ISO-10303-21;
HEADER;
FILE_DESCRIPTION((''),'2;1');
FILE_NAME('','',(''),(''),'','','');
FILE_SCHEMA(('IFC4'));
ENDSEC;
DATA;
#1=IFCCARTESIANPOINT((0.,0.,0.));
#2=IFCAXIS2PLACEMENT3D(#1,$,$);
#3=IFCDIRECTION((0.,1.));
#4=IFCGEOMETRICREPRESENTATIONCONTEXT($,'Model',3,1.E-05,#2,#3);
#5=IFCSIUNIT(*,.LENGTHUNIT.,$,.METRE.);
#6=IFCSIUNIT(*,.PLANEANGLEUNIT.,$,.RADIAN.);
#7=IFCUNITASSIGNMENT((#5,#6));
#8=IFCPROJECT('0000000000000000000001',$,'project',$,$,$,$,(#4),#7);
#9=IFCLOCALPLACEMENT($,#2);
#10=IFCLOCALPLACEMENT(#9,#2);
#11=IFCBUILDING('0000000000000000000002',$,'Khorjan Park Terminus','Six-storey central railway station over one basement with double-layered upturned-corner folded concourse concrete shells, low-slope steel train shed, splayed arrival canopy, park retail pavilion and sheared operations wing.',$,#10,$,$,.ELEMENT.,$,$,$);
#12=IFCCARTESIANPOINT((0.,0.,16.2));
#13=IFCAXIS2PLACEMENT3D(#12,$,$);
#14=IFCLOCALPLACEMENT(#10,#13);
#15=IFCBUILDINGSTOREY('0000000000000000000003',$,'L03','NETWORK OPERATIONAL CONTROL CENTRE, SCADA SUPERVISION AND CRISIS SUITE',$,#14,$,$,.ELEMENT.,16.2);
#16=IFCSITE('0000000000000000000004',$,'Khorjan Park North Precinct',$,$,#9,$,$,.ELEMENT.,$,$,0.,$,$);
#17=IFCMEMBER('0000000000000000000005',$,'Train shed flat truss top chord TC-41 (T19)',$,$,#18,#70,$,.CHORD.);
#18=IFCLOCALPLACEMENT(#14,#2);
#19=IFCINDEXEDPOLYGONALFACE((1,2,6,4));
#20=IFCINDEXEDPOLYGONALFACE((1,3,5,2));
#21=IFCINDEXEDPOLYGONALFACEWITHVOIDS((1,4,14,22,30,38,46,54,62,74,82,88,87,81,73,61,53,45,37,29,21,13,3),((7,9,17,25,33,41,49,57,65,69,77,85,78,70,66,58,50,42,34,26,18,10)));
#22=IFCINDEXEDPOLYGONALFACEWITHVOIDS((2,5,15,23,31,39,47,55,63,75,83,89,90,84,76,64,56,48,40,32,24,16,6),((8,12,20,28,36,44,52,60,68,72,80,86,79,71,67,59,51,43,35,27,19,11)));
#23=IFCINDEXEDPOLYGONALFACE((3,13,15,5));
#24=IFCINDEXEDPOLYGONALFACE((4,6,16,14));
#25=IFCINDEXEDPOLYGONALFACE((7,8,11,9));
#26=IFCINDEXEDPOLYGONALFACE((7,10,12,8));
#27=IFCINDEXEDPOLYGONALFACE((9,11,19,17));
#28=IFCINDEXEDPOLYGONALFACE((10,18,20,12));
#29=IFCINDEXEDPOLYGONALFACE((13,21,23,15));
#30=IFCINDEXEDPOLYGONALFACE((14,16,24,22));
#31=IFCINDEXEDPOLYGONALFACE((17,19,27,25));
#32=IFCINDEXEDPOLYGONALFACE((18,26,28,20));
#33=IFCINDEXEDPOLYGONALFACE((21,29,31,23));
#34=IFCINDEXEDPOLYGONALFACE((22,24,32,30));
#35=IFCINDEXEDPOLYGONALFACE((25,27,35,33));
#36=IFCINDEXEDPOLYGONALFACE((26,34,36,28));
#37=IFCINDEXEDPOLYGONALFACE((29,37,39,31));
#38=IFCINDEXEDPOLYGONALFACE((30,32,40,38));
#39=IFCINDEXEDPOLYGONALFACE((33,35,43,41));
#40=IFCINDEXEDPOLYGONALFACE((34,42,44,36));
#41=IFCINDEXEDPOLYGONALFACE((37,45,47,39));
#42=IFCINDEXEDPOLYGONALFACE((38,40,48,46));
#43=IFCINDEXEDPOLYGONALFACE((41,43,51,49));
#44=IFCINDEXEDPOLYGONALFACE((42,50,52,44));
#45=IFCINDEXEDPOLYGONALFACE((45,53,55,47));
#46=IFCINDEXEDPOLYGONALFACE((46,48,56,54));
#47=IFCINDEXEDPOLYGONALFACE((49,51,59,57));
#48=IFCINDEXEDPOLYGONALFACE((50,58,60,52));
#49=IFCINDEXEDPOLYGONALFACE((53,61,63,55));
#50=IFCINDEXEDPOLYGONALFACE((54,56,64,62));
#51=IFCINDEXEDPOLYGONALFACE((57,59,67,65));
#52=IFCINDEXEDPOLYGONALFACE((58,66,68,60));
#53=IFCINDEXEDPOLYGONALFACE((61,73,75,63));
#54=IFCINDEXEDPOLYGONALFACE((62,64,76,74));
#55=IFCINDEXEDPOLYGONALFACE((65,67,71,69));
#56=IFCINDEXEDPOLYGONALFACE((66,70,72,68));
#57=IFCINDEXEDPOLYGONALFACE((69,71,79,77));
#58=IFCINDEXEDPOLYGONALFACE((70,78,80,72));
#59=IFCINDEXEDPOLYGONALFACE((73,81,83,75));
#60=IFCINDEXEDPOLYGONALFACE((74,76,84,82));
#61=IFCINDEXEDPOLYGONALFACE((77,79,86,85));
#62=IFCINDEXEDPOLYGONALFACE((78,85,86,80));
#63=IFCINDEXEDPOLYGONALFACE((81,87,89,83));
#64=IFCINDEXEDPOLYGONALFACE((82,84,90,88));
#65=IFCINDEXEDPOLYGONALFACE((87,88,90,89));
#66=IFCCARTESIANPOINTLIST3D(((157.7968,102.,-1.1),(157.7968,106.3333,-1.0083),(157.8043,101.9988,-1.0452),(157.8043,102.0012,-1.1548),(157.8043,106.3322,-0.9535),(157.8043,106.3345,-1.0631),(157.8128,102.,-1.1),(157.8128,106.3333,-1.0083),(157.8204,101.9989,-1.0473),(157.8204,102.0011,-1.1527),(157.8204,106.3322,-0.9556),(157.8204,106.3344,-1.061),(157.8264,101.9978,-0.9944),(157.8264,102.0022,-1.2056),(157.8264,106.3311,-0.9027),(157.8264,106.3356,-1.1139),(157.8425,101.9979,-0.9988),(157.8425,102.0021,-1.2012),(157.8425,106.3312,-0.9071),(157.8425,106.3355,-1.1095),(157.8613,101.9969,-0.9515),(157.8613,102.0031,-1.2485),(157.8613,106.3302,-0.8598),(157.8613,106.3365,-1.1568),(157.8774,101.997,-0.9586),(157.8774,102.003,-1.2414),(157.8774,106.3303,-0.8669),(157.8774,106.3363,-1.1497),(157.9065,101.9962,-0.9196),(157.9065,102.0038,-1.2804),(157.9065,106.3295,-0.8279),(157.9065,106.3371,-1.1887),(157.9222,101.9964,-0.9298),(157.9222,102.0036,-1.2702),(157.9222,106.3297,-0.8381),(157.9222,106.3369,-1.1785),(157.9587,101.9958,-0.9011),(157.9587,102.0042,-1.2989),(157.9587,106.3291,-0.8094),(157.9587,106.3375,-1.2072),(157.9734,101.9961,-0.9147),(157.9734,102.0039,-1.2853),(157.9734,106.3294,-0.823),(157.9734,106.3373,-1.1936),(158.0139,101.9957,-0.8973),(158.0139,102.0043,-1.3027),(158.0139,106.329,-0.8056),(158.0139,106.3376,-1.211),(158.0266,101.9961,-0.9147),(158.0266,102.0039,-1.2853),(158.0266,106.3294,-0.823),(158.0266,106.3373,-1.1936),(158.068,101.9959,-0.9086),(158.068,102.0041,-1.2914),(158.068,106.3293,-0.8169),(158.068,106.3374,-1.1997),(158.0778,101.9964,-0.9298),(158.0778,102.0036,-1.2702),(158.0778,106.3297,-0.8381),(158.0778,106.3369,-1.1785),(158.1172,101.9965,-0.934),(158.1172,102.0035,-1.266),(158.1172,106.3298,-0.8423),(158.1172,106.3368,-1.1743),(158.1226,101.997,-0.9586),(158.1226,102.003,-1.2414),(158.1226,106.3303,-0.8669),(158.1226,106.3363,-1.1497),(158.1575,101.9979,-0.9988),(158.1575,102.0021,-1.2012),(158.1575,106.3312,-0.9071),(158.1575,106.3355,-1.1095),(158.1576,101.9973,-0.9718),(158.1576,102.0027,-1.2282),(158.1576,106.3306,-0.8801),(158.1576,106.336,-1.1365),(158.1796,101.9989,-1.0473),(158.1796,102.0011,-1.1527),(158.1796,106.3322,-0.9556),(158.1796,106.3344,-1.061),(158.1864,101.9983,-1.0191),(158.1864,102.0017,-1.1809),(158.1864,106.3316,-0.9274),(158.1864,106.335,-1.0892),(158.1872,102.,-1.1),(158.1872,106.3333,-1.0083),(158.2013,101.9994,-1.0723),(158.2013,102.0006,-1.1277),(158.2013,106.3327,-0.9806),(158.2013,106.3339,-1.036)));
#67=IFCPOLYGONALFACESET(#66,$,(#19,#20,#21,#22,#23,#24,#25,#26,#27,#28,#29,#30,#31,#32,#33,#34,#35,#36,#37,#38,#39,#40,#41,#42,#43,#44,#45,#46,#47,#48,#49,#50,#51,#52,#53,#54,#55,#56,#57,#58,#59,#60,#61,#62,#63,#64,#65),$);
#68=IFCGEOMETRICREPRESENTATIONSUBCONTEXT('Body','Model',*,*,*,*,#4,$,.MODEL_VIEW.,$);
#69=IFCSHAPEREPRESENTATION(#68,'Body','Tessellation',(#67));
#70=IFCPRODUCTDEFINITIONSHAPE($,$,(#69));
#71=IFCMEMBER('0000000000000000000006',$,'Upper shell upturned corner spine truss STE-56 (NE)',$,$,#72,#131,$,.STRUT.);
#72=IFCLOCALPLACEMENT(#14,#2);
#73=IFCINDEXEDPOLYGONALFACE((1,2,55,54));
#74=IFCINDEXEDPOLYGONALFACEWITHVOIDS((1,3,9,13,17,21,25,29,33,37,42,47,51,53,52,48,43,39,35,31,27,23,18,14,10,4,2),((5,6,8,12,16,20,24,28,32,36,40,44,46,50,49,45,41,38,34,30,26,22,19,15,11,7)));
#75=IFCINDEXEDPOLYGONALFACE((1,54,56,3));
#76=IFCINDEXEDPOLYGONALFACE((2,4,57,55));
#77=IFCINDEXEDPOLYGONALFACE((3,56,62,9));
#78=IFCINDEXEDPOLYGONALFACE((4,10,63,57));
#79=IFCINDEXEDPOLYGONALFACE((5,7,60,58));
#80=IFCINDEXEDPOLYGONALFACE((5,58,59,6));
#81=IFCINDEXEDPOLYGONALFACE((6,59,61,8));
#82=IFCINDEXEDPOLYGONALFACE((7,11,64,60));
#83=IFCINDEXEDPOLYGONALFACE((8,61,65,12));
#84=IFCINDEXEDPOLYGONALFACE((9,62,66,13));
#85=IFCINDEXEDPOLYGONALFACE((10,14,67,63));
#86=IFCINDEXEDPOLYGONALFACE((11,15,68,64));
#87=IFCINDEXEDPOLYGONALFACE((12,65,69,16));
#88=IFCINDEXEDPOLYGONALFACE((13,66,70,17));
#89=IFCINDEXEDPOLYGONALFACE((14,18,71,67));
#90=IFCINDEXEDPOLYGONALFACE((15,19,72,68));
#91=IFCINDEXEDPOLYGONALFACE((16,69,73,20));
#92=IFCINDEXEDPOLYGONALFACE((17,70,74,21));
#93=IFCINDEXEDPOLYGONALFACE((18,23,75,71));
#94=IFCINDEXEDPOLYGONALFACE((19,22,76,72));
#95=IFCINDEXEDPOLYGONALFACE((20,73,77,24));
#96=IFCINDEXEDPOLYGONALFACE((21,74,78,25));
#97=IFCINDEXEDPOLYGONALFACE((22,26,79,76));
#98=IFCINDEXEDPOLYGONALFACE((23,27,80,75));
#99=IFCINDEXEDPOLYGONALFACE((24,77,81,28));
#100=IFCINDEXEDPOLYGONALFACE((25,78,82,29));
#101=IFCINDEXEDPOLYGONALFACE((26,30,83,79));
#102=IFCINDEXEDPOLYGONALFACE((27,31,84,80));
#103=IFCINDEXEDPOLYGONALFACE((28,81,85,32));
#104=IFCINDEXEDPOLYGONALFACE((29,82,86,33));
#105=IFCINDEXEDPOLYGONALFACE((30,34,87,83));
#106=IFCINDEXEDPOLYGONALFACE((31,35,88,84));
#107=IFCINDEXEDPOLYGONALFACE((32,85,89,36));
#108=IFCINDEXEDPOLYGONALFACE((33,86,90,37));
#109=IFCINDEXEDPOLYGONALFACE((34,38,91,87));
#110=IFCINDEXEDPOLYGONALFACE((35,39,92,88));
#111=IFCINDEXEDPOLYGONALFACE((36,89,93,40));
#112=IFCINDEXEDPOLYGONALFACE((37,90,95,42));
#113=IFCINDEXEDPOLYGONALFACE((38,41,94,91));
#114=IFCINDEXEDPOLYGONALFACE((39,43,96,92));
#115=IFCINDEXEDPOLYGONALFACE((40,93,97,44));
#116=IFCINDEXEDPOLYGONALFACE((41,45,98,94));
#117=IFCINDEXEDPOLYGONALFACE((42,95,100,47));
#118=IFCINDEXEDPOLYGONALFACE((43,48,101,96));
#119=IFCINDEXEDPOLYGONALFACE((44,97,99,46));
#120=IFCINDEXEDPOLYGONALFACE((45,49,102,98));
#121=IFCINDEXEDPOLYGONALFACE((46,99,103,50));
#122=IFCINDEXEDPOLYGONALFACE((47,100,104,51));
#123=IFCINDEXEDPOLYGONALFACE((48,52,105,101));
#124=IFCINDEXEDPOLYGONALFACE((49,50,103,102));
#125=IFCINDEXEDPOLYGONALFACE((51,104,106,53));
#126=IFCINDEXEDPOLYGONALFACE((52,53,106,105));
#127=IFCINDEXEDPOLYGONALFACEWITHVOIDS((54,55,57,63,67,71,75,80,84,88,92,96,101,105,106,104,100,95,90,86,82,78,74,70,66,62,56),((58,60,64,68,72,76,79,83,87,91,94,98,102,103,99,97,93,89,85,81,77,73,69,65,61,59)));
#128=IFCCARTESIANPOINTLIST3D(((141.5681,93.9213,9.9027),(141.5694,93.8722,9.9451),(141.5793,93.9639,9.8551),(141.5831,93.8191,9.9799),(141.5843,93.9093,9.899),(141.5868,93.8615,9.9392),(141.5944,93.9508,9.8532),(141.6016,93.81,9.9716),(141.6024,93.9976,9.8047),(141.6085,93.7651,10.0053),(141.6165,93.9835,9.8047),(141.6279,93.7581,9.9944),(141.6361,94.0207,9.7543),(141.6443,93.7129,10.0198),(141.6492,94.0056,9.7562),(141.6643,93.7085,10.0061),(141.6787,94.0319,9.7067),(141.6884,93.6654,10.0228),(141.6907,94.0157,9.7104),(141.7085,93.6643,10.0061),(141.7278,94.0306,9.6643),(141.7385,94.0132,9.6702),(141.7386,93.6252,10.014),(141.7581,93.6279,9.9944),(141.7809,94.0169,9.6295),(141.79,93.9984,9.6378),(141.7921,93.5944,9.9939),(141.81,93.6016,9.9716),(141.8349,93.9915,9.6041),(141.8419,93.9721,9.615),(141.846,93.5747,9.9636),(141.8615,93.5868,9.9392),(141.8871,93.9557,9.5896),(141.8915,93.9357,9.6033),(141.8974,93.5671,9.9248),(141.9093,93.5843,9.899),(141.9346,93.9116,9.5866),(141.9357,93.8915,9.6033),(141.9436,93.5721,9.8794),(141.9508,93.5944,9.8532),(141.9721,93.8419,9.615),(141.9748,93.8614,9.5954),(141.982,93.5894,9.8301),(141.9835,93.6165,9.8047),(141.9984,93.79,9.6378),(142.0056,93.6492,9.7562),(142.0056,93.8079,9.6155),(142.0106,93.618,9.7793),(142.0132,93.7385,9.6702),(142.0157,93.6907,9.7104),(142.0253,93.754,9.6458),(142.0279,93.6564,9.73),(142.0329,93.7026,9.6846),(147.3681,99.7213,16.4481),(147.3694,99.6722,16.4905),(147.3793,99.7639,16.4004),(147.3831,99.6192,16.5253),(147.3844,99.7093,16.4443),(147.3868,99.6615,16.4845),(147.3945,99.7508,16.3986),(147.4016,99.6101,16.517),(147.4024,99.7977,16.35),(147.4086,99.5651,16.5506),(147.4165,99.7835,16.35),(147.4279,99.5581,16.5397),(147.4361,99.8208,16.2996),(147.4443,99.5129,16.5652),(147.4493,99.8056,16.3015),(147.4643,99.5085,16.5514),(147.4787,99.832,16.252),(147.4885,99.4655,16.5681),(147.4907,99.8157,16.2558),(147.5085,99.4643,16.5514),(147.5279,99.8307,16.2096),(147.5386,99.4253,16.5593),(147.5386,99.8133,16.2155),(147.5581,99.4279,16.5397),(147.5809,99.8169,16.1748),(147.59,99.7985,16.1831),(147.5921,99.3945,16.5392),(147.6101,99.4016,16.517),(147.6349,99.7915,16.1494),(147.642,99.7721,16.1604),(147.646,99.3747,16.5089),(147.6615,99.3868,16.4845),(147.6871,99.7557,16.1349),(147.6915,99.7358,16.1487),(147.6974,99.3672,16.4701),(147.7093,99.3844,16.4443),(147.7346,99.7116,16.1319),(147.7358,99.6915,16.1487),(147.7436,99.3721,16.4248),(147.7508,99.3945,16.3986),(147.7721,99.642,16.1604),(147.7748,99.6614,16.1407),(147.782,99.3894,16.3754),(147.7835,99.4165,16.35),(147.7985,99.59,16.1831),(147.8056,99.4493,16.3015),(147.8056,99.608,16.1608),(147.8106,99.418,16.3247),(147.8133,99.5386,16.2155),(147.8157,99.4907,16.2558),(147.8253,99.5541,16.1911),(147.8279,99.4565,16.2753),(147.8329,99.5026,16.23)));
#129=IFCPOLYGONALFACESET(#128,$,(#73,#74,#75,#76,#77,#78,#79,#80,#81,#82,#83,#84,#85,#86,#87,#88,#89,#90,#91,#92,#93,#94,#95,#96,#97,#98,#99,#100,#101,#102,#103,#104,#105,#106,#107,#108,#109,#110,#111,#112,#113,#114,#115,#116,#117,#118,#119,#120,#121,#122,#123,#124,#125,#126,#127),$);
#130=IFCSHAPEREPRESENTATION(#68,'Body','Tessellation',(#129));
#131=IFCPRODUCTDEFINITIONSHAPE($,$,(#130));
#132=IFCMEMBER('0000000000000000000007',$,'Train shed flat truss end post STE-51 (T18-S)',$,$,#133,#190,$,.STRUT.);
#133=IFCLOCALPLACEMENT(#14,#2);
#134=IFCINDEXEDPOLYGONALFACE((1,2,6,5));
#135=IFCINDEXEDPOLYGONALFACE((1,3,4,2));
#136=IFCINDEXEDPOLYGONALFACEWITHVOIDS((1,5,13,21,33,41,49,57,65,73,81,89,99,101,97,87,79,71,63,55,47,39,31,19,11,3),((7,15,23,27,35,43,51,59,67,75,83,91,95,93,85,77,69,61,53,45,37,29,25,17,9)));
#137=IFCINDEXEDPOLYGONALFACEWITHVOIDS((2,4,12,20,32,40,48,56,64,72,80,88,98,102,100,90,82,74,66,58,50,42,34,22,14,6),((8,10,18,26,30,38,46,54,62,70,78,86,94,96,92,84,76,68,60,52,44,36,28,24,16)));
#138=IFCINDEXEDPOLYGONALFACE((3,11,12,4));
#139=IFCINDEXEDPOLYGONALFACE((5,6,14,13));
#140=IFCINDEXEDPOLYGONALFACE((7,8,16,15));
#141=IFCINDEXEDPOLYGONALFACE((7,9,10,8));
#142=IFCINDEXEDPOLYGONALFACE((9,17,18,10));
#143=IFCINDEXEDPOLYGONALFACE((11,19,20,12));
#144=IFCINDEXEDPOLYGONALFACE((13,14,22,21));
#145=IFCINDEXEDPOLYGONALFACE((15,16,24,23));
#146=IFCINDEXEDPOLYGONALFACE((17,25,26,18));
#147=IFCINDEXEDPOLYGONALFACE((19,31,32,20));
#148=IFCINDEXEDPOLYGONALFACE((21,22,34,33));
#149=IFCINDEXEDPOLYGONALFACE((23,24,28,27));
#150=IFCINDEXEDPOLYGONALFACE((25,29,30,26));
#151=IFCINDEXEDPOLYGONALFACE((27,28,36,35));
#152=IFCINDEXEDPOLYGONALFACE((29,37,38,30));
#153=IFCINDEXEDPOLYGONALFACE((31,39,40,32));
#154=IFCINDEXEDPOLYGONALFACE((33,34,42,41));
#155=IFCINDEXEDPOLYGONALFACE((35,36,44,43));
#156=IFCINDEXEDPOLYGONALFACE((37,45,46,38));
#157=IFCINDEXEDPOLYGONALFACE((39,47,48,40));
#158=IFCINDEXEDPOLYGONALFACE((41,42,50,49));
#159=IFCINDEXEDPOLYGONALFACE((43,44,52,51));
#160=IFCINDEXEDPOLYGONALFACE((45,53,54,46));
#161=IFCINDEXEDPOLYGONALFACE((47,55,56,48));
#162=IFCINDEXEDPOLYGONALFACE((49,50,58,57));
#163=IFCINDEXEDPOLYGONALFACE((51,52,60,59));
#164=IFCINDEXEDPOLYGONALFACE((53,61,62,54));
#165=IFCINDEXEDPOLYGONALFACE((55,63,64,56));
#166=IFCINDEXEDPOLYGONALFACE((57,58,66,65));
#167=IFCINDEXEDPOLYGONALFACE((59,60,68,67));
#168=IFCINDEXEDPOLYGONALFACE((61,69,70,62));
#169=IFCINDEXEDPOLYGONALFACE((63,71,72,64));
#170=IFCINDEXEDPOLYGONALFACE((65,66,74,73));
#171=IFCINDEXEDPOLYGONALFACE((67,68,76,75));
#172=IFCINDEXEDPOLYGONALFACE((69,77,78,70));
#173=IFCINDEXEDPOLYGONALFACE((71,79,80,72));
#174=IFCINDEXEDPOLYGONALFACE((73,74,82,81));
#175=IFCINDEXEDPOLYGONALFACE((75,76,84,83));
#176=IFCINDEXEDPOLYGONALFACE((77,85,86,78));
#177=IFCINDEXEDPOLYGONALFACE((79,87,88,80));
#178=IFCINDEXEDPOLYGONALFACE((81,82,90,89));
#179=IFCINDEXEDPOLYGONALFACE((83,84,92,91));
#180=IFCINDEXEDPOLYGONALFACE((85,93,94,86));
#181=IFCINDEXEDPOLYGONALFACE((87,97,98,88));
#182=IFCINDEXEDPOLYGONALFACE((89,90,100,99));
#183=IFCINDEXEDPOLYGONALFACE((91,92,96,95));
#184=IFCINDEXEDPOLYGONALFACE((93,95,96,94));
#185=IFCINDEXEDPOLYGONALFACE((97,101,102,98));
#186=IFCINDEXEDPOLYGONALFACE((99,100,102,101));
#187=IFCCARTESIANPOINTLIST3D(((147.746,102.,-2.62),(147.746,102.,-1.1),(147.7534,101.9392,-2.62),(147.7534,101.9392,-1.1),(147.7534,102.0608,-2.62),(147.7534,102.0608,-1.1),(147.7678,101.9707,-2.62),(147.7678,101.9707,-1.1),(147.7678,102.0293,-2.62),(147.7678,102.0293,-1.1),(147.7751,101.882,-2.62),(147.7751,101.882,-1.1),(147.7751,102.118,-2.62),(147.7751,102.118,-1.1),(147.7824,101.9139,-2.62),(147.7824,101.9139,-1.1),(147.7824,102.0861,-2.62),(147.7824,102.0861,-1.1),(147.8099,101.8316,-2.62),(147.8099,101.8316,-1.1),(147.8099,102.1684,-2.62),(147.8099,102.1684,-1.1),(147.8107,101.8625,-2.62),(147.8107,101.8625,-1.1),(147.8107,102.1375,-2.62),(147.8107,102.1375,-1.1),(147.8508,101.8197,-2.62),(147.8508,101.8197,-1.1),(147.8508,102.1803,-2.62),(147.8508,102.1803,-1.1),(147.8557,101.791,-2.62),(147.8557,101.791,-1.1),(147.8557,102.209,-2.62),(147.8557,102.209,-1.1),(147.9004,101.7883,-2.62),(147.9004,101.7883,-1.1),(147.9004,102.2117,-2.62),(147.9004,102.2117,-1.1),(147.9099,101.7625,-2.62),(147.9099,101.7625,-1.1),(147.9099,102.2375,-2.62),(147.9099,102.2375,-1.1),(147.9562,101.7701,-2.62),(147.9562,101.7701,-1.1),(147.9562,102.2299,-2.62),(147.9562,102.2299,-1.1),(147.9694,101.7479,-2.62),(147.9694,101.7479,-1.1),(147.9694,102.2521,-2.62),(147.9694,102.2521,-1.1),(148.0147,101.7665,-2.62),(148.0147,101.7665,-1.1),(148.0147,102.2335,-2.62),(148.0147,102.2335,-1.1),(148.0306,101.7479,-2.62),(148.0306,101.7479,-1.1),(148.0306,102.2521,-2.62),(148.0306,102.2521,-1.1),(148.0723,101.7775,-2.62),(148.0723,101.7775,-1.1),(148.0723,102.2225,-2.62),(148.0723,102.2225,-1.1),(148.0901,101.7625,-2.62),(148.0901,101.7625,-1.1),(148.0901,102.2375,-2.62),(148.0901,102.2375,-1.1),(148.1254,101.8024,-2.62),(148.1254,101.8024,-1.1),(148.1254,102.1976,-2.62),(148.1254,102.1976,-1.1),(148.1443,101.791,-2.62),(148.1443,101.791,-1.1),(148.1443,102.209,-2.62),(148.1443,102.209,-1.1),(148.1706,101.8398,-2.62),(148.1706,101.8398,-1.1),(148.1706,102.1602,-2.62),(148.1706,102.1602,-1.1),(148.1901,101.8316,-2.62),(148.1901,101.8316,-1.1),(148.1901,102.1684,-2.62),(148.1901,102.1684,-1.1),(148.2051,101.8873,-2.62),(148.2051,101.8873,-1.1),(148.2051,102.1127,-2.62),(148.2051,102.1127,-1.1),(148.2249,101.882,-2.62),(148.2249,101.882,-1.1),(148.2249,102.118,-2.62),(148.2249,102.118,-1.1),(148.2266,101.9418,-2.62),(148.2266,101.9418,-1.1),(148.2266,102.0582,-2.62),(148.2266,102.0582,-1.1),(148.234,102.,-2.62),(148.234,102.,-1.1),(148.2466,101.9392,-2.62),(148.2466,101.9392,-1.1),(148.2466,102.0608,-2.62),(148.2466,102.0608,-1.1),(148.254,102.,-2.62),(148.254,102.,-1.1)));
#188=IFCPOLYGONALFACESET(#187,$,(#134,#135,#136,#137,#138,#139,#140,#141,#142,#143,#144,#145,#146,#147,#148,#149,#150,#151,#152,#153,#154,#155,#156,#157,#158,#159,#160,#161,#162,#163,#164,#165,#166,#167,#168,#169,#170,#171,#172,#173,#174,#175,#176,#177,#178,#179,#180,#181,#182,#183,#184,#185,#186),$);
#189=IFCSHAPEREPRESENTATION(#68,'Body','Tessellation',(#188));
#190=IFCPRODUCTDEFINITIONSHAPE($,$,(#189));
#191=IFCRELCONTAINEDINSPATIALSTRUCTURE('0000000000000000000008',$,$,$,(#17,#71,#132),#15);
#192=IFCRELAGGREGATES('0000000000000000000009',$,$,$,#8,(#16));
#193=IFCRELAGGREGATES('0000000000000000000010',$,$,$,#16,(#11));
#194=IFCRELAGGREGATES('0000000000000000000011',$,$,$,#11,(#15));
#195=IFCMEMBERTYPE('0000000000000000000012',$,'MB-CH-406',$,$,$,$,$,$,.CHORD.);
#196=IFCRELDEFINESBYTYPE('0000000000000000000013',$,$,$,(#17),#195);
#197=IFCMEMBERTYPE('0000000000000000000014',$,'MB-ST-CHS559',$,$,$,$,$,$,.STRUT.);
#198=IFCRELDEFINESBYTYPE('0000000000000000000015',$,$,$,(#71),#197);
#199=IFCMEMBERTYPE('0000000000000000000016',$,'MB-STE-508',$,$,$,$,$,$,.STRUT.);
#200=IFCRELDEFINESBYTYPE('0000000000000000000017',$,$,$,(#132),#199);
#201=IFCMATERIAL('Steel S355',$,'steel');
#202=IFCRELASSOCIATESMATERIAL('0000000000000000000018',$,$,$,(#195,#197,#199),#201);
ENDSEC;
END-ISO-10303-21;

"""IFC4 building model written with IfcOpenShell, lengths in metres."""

from ifc_helpers import new_model, si_unit, direction, frame, origin, origin_2d, place, context, subcontext, project, spatial, hollow_circle, extrude, material, material_profile, profile_set, type_object, element, save


model = new_model("IFC4")

# Units and contexts
model_context = context("Model", 3, precision=1e-05, world=origin(), true_north=direction((0.0, 1.0)))
body_context = subcontext(model_context, "Body", "Model", "MODEL_VIEW")
ifc_project = project(units=[si_unit("LENGTHUNIT", "METRE"), si_unit("PLANEANGLEUNIT", "RADIAN")], contexts=[model_context])

# Site, building, storey
site_placement = place(None, origin())
site = spatial("IfcSite", under=ifc_project, at=site_placement, Name="Khorjan Park North Precinct", CompositionType="ELEMENT", RefElevation=0.0)
building_placement = place(site_placement, origin())
building = spatial("IfcBuilding", under=site, at=building_placement, Name="Khorjan Park Terminus", Description="Six-storey central railway station over one basement with double-layered upturned-corner folded concourse concrete shells, low-slope steel train shed, splayed arrival canopy, park retail pavilion and sheared operations wing.", CompositionType="ELEMENT")
storey_placement = place(building_placement, frame((0.0, 0.0, 16.2)))
storey = spatial("IfcBuildingStorey", under=building, at=storey_placement, Name="L03", Description="NETWORK OPERATIONAL CONTROL CENTRE, SCADA SUPERVISION AND CRISIS SUITE", CompositionType="ELEMENT", Elevation=16.2)

# Members
ifc_material = material(Name="Steel S355", Category="steel")
ifc_material_profile_1 = material_profile(ifc_material, hollow_circle(Radius=0.2032, WallThickness=0.016, at=origin_2d()), Name="CHS 406.4x16")
ifc_profile_set_1 = profile_set([ifc_material_profile_1], Name="Steel S355")
member_type_1 = type_object("IfcMemberType", Name="MB-CH-406", PredefinedType="CHORD", material=ifc_profile_set_1)
member_1_placement = place(storey_placement, frame((158.0, 102.0, -1.1), z_axis=(0.0, 0.999776, 0.021157), x_axis=(-1.0, 0.0, 0.0)))
element("IfcMember", 1, at=member_1_placement, inside=storey, type_object=member_type_1, Name="Train shed flat truss top chord TC-41 (T19)", PredefinedType="CHORD", context=body_context, shape_type="SweptSolid", body=[
    extrude(hollow_circle(Radius=0.2032, WallThickness=0.016, at=origin_2d()), origin(), (0.0, 0.0, 1.0), 4.3343),
])
ifc_material_profile_2 = material_profile(ifc_material, hollow_circle(Radius=0.2795, WallThickness=0.02, at=origin_2d()), Name="CHS 559x20")
ifc_profile_set_2 = profile_set([ifc_material_profile_2], Name="Steel S355")
member_type_2 = type_object("IfcMemberType", Name="MB-ST-CHS559", PredefinedType="STRUT", material=ifc_profile_set_2)
member_2_placement = place(storey_placement, frame((141.8, 93.8, 9.8047), z_axis=(0.552705, 0.552705, 0.623727), x_axis=(-0.707107, 0.707107, 0.0)))
element("IfcMember", 2, at=member_2_placement, inside=storey, type_object=member_type_2, Name="Upper shell upturned corner spine truss STE-56 (NE)", PredefinedType="STRUT", context=body_context, shape_type="SweptSolid", body=[
    extrude(hollow_circle(Radius=0.2795, WallThickness=0.02, at=origin_2d()), origin(), (0.0, 0.0, 1.0), 10.4939),
])
ifc_material_profile_3 = material_profile(ifc_material, hollow_circle(Radius=0.254, WallThickness=0.02, at=origin_2d()), Name="CHS 508x20")
ifc_profile_set_3 = profile_set([ifc_material_profile_3], Name="Steel S355")
member_type_3 = type_object("IfcMemberType", Name="MB-STE-508", PredefinedType="STRUT", material=ifc_profile_set_3)
for number, where, z_axis, x_axis, name in (
    (3, (148.0, 102.0, -2.62), (0.0, 0.0, 1.0), (1.0, 0.0, 0.0), "Train shed flat truss end post STE-51 (T18-S)"),
):
    element("IfcMember", number, at=place(storey_placement, frame(where, z_axis=z_axis, x_axis=x_axis)), inside=storey, type_object=member_type_3, Name=name, PredefinedType="STRUT", context=body_context, shape_type="SweptSolid", body=[
        extrude(hollow_circle(Radius=0.254, WallThickness=0.02, at=origin_2d()), origin(), (0.0, 0.0, 1.0), 1.52),
    ])

save(model, "model.ifc")
